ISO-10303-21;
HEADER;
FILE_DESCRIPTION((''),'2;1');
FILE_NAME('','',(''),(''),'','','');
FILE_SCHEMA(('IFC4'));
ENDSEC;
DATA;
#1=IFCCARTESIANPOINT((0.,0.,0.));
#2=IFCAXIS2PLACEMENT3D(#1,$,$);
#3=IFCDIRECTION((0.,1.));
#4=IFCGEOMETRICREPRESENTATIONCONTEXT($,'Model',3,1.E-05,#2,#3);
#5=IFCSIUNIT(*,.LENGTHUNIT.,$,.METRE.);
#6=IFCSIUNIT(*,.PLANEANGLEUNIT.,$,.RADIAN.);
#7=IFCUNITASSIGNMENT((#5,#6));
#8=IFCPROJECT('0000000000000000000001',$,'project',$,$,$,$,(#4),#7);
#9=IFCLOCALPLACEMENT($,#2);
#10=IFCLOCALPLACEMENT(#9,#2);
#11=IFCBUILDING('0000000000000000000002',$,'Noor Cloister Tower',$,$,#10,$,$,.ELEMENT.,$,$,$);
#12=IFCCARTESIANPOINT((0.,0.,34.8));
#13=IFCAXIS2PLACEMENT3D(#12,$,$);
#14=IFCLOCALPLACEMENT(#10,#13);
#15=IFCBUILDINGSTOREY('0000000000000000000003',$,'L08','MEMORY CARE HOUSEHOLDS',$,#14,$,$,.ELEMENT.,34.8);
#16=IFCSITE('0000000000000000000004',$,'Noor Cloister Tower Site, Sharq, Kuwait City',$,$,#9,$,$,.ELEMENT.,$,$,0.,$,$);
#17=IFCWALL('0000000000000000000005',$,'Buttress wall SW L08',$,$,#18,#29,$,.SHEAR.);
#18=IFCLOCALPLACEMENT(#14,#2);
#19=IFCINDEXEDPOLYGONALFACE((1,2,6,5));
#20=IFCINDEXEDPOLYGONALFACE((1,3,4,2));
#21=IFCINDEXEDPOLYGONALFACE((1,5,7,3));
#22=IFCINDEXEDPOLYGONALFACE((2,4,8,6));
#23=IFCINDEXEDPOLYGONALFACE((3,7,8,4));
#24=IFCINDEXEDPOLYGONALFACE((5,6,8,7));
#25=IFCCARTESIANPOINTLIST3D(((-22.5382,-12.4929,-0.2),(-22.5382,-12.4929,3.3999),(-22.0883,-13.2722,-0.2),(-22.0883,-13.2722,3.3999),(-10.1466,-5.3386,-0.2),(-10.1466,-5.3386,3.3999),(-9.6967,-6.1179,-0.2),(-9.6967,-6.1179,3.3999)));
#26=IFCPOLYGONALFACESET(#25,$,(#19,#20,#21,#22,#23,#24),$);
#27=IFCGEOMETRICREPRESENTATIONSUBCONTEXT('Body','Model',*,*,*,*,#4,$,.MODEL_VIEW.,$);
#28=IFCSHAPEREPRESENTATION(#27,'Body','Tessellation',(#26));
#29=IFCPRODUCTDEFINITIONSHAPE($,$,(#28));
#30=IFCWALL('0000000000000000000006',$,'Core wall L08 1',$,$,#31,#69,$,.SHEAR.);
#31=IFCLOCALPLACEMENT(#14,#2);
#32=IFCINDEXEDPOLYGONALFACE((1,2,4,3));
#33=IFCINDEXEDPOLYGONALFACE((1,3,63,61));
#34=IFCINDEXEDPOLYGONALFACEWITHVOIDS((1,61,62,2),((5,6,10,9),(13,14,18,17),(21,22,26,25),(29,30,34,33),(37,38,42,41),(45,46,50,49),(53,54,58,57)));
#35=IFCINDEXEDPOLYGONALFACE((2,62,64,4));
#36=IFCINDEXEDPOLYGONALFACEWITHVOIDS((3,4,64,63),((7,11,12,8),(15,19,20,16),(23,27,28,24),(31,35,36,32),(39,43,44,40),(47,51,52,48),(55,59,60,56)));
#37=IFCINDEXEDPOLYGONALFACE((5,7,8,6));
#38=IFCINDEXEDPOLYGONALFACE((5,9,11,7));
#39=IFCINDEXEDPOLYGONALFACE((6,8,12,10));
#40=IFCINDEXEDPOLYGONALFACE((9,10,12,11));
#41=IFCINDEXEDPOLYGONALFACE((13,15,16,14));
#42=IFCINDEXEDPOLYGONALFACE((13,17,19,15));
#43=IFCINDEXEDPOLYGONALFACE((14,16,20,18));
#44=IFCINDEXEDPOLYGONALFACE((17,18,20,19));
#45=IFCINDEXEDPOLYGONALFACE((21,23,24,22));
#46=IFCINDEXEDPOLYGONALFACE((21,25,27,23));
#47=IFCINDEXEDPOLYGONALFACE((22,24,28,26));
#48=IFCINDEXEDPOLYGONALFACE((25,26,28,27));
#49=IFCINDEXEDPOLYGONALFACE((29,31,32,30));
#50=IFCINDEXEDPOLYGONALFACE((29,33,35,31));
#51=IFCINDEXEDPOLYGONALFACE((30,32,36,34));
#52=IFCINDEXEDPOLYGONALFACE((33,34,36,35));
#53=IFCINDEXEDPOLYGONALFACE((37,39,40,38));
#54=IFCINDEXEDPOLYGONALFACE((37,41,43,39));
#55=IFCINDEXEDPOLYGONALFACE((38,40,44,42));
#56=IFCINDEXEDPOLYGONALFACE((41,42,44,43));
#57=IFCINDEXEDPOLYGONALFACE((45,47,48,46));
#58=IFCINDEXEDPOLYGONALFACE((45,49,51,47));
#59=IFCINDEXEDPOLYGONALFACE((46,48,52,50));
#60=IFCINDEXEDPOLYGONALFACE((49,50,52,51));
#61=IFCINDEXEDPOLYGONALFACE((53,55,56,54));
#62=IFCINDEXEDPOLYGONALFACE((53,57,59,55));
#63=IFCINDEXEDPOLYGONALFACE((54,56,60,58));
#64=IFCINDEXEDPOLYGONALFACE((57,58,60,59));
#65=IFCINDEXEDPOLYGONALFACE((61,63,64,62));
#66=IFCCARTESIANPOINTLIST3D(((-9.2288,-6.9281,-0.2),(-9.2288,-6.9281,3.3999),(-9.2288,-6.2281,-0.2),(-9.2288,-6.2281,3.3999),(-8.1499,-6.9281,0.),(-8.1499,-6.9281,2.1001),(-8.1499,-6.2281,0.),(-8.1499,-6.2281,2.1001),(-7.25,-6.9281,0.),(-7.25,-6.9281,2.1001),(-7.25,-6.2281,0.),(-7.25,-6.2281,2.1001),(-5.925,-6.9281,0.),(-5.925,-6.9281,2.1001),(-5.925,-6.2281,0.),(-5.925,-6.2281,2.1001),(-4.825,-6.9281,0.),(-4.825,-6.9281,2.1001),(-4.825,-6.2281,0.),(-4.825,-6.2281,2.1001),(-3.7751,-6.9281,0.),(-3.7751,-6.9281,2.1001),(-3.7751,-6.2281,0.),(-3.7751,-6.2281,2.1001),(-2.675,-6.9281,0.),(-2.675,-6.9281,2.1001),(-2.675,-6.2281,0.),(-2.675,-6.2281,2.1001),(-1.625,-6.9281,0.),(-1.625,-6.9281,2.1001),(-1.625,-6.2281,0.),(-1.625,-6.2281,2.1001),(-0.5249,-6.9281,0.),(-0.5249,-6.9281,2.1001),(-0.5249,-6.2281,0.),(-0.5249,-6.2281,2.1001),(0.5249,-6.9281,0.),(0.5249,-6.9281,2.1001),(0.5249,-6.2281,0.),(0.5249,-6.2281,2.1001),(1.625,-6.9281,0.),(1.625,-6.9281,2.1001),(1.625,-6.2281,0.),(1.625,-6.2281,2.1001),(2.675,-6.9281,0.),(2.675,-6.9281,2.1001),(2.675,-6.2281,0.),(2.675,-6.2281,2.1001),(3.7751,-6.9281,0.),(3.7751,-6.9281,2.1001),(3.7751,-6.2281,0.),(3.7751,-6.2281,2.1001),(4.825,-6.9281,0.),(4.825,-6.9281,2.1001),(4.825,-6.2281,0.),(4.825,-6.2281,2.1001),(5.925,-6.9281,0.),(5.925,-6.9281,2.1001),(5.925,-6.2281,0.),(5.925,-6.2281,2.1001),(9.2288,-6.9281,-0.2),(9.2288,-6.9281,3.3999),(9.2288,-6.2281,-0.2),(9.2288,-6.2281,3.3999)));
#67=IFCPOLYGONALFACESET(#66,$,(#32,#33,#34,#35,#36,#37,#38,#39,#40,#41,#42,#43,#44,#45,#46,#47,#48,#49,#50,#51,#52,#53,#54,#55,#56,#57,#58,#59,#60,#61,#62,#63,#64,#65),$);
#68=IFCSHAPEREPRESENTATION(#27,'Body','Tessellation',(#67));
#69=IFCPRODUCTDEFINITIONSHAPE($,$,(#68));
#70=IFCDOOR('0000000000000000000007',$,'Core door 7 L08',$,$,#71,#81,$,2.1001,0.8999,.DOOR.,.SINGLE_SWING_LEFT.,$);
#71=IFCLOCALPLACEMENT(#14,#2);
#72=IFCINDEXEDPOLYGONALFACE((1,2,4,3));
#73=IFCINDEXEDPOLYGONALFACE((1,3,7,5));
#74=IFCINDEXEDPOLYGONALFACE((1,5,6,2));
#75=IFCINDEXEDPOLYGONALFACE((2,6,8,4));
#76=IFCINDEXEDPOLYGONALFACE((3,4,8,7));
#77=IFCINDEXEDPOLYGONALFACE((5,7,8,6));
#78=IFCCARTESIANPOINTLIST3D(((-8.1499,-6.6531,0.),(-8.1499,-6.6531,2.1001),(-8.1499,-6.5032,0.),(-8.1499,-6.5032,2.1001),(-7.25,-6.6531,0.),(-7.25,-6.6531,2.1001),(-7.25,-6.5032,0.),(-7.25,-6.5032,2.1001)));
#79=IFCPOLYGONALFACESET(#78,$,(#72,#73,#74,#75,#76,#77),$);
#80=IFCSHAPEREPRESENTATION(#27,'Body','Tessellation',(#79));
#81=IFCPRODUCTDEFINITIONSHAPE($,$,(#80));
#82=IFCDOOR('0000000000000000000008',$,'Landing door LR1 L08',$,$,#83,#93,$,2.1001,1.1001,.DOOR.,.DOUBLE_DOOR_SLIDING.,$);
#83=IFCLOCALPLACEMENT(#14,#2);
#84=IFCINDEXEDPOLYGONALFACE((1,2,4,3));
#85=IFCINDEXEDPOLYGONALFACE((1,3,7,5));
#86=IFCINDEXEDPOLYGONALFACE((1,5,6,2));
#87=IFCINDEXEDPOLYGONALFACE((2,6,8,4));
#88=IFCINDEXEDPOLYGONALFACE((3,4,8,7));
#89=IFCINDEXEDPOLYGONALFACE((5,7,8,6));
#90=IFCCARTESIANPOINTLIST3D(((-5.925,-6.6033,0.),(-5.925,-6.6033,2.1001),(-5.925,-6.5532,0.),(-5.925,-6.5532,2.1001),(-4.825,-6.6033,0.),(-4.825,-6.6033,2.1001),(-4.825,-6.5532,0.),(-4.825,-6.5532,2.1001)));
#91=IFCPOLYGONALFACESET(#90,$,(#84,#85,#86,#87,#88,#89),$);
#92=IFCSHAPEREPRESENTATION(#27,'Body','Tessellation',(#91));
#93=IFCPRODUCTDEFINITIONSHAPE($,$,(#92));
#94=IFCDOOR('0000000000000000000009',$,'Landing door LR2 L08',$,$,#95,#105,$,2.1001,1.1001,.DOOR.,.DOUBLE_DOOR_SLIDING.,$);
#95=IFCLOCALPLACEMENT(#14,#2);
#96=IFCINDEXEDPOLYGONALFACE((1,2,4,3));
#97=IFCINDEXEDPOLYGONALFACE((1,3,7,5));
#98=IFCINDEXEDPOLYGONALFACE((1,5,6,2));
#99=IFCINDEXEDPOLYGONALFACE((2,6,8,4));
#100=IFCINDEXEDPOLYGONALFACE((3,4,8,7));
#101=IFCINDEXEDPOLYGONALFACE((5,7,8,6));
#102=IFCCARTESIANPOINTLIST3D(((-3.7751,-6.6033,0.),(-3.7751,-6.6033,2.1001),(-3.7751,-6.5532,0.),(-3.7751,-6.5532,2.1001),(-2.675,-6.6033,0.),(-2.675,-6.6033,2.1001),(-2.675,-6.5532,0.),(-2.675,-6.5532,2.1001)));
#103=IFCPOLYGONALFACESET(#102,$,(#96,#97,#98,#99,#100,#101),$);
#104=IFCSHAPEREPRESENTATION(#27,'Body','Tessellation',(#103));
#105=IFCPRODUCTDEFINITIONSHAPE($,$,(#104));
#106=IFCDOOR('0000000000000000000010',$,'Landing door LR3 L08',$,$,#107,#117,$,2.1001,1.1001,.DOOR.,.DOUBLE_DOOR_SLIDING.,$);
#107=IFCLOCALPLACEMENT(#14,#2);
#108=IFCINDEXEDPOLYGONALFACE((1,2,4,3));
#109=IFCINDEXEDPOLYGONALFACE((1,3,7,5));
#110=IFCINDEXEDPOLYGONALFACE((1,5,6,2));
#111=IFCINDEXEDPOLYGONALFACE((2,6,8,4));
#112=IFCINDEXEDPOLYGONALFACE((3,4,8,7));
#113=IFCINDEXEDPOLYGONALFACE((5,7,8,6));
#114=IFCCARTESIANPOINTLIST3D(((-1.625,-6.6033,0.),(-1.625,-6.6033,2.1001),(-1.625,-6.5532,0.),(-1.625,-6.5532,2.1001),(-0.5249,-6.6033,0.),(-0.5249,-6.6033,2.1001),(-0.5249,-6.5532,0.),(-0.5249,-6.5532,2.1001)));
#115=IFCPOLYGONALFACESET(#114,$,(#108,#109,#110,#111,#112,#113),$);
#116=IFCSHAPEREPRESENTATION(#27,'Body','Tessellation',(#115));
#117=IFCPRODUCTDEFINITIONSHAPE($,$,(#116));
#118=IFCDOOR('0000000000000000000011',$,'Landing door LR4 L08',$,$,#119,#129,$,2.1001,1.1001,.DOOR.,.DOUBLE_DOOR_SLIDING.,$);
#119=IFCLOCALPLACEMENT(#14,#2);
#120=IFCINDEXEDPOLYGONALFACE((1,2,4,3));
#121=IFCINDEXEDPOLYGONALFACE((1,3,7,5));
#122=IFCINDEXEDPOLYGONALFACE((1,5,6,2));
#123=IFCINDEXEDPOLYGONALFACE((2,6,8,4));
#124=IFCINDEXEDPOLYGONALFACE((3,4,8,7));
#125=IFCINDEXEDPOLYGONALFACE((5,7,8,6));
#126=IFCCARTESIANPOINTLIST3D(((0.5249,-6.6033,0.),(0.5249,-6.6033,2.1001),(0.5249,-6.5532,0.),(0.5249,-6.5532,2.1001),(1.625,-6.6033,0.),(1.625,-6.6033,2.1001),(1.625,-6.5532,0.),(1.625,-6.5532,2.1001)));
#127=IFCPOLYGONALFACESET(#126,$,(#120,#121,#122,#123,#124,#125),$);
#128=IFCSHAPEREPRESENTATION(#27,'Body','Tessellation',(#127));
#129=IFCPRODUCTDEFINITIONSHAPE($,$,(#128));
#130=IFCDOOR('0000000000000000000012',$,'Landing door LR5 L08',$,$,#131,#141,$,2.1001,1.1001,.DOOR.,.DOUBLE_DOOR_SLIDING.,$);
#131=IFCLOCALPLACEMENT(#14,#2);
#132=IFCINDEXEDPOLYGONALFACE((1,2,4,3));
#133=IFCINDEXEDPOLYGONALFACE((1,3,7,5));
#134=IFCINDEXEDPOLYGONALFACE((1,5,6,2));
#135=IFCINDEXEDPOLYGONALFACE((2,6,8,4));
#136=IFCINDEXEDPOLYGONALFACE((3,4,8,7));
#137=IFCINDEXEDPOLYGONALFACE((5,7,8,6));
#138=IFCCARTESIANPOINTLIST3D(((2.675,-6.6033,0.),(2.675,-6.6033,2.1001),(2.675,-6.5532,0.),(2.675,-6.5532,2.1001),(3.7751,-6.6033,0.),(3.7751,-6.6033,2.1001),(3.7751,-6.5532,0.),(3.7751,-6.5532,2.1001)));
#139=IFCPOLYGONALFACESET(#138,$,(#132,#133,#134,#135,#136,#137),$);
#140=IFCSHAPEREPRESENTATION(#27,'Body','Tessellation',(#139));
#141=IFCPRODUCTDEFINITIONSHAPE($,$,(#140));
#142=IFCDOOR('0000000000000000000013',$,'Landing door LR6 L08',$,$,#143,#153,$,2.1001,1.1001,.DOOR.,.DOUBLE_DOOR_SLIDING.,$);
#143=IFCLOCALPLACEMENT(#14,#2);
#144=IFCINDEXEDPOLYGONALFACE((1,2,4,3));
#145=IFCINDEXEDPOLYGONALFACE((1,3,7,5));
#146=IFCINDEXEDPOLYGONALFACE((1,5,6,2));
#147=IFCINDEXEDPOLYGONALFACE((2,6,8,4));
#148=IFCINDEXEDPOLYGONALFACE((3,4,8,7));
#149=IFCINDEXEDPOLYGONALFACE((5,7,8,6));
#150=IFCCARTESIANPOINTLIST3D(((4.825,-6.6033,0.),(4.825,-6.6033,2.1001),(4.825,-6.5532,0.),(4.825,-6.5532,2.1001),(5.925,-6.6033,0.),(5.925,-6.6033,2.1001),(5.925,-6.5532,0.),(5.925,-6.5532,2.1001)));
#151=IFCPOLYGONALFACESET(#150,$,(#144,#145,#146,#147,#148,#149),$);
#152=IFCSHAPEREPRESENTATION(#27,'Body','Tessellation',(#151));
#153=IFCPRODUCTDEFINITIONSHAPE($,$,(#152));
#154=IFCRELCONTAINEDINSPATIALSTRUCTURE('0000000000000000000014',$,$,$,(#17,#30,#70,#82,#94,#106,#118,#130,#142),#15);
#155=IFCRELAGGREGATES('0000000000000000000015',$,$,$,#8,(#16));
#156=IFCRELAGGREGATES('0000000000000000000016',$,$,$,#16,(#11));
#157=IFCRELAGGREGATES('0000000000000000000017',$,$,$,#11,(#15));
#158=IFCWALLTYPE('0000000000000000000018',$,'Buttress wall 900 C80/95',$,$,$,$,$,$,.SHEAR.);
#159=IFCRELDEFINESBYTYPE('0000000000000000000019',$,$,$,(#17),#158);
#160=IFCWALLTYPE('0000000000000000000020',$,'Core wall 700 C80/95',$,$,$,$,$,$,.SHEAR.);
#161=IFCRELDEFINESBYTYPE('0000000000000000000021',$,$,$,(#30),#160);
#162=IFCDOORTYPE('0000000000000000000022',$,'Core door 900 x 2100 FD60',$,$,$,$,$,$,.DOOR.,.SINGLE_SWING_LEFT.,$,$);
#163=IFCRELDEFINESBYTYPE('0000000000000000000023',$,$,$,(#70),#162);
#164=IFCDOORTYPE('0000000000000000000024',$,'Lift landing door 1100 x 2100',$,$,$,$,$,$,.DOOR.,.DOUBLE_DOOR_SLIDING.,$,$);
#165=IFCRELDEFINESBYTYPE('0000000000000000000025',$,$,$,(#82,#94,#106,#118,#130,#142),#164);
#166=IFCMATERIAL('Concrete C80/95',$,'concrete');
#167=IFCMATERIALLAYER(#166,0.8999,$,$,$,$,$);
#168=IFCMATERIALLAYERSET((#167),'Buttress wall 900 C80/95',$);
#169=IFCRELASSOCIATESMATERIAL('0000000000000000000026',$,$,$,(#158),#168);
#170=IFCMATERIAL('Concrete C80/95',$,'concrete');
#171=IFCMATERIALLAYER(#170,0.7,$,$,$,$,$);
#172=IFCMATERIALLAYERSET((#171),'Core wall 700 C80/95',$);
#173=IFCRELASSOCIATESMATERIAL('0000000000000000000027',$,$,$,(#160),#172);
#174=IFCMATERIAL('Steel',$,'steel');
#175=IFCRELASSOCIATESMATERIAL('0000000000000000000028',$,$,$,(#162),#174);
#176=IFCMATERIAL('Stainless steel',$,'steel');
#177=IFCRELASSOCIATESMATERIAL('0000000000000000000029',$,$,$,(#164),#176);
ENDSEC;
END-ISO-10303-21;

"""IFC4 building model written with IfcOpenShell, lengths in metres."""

from ifc_helpers import new_model, si_unit, direction, frame, frame_2d, origin, place, context, subcontext, project, spatial, rectangle, extrude, material, layer, layer_set, type_object, element, fill, save


model = new_model("IFC4")

# Units and contexts
model_context = context("Model", 3, precision=1e-05, world=origin(), true_north=direction((0.0, 1.0)))
body_context = subcontext(model_context, "Body", "Model", "MODEL_VIEW")
ifc_project = project(units=[si_unit("LENGTHUNIT", "METRE"), si_unit("PLANEANGLEUNIT", "RADIAN")], contexts=[model_context])

# Site, building, storey
site_placement = place(None, origin())
site = spatial("IfcSite", under=ifc_project, at=site_placement, Name="Noor Cloister Tower Site, Sharq, Kuwait City", CompositionType="ELEMENT", RefElevation=0.0)
building_placement = place(site_placement, origin())
building = spatial("IfcBuilding", under=site, at=building_placement, Name="Noor Cloister Tower", CompositionType="ELEMENT")
storey_placement = place(building_placement, frame((0.0, 0.0, 34.8)))
storey = spatial("IfcBuildingStorey", under=building, at=storey_placement, Name="L08", Description="MEMORY CARE HOUSEHOLDS", CompositionType="ELEMENT", Elevation=34.8)

# Wall
ifc_material_1 = material(Name="Concrete C80/95", Category="concrete")
ifc_layer_1 = layer(ifc_material_1, 0.8999)
ifc_layer_set_1 = layer_set([ifc_layer_1], Name="Buttress wall 900 C80/95")
wall_type_1 = type_object("IfcWallType", Name="Buttress wall 900 C80/95", PredefinedType="SHEAR", material=ifc_layer_set_1)
wall_1_placement = place(storey_placement, frame((-9.9216, -5.7283, -0.2), z_axis=(0.0, 0.0, 1.0), x_axis=(-0.866025, -0.5, 0.0)))
element("IfcWall", 1, at=wall_1_placement, inside=storey, type_object=wall_type_1, Name="Buttress wall SW L08", PredefinedType="SHEAR", context=body_context, shape_type="SweptSolid", body=[
    extrude(rectangle(XDim=14.3086, YDim=0.8999, at=frame_2d((7.1543, 0.0))), origin(), (0.0, 0.0, 1.0), 3.5999),
])

# Wall, openings, doors
ifc_material_2 = material(Name="Concrete C80/95", Category="concrete")
ifc_layer_2 = layer(ifc_material_2, 0.7)
ifc_layer_set_2 = layer_set([ifc_layer_2], Name="Core wall 700 C80/95")
wall_type_2 = type_object("IfcWallType", Name="Core wall 700 C80/95", PredefinedType="SHEAR", material=ifc_layer_set_2)
wall_2_placement = place(storey_placement, frame((-9.2288, -6.5781, -0.2), z_axis=(0.0, 0.0, 1.0), x_axis=(1.0, 0.0, 0.0)))
wall_2 = element("IfcWall", 2, at=wall_2_placement, inside=storey, type_object=wall_type_2, Name="Core wall L08 1", PredefinedType="SHEAR", context=body_context, shape_type="SweptSolid", body=[
    extrude(rectangle(XDim=18.4575, YDim=0.7, at=frame_2d((9.2288, 0.0))), origin(), (0.0, 0.0, 1.0), 3.5999),
])
opening_1_placement = place(wall_2_placement, frame((3.3037, 0.0, 0.2)))
opening_1 = element("IfcOpeningElement", 3, at=opening_1_placement, cuts=wall_2, PredefinedType="OPENING", context=body_context, shape_type="SweptSolid", body=[
    extrude(rectangle(XDim=1.1001, YDim=2.1001, at=frame_2d((0.55, 1.05))), frame((0.0, 0.3599, 0.0), z_axis=(0.0, -1.0, 0.0), x_axis=(1.0, 0.0, 0.0)), (0.0, 0.0, 1.0), 0.72),
])
opening_2_placement = place(wall_2_placement, frame((5.4536, 0.0, 0.2)))
opening_2 = element("IfcOpeningElement", 4, at=opening_2_placement, cuts=wall_2, PredefinedType="OPENING", context=body_context, shape_type="SweptSolid", body=[
    extrude(rectangle(XDim=1.1001, YDim=2.1001, at=frame_2d((0.55, 1.05))), frame((0.0, 0.3599, 0.0), z_axis=(0.0, -1.0, 0.0), x_axis=(1.0, 0.0, 0.0)), (0.0, 0.0, 1.0), 0.72),
])
opening_3_placement = place(wall_2_placement, frame((7.6038, 0.0, 0.2)))
opening_3 = element("IfcOpeningElement", 5, at=opening_3_placement, cuts=wall_2, PredefinedType="OPENING", context=body_context, shape_type="SweptSolid", body=[
    extrude(rectangle(XDim=1.1001, YDim=2.1001, at=frame_2d((0.55, 1.05))), frame((0.0, 0.3599, 0.0), z_axis=(0.0, -1.0, 0.0), x_axis=(1.0, 0.0, 0.0)), (0.0, 0.0, 1.0), 0.72),
])
opening_4_placement = place(wall_2_placement, frame((9.7537, 0.0, 0.2)))
opening_4 = element("IfcOpeningElement", 6, at=opening_4_placement, cuts=wall_2, PredefinedType="OPENING", context=body_context, shape_type="SweptSolid", body=[
    extrude(rectangle(XDim=1.1001, YDim=2.1001, at=frame_2d((0.55, 1.05))), frame((0.0, 0.3599, 0.0), z_axis=(0.0, -1.0, 0.0), x_axis=(1.0, 0.0, 0.0)), (0.0, 0.0, 1.0), 0.72),
])
opening_5_placement = place(wall_2_placement, frame((11.9038, 0.0, 0.2)))
opening_5 = element("IfcOpeningElement", 7, at=opening_5_placement, cuts=wall_2, PredefinedType="OPENING", context=body_context, shape_type="SweptSolid", body=[
    extrude(rectangle(XDim=1.1001, YDim=2.1001, at=frame_2d((0.55, 1.05))), frame((0.0, 0.3599, 0.0), z_axis=(0.0, -1.0, 0.0), x_axis=(1.0, 0.0, 0.0)), (0.0, 0.0, 1.0), 0.72),
])
opening_6_placement = place(wall_2_placement, frame((14.0537, 0.0, 0.2)))
opening_6 = element("IfcOpeningElement", 8, at=opening_6_placement, cuts=wall_2, PredefinedType="OPENING", context=body_context, shape_type="SweptSolid", body=[
    extrude(rectangle(XDim=1.1001, YDim=2.1001, at=frame_2d((0.55, 1.05))), frame((0.0, 0.3599, 0.0), z_axis=(0.0, -1.0, 0.0), x_axis=(1.0, 0.0, 0.0)), (0.0, 0.0, 1.0), 0.72),
])
opening_7_placement = place(wall_2_placement, frame((1.0789, 0.0, 0.2)))
opening_7 = element("IfcOpeningElement", 9, at=opening_7_placement, cuts=wall_2, PredefinedType="OPENING", context=body_context, shape_type="SweptSolid", body=[
    extrude(rectangle(XDim=0.8999, YDim=2.1001, at=frame_2d((0.45, 1.05))), frame((0.0, 0.3599, 0.0), z_axis=(0.0, -1.0, 0.0), x_axis=(1.0, 0.0, 0.0)), (0.0, 0.0, 1.0), 0.72),
])
ifc_material_3 = material(Name="Steel", Category="steel")
door_type_1 = type_object("IfcDoorType", Name="Core door 900 x 2100 FD60", OperationType="SINGLE_SWING_LEFT", PredefinedType="DOOR", material=ifc_material_3)
door_1_placement = place(opening_7_placement, origin())
door_1 = element("IfcDoor", 10, at=door_1_placement, inside=storey, type_object=door_type_1, Name="Core door 7 L08", OperationType="SINGLE_SWING_LEFT", OverallHeight=2.1001, OverallWidth=0.8999, PredefinedType="DOOR", context=body_context, shape_type="SweptSolid", body=[
    extrude(rectangle(XDim=0.8999, YDim=2.1001, at=frame_2d((0.45, 1.05))), frame((0.0, 0.075, 0.0), z_axis=(0.0, -1.0, 0.0), x_axis=(1.0, 0.0, 0.0)), (0.0, 0.0, 1.0), 0.1499),
])
fill(opening_7, door_1)
ifc_material_4 = material(Name="Stainless steel", Category="steel")
door_type_2 = type_object("IfcDoorType", Name="Lift landing door 1100 x 2100", OperationType="DOUBLE_DOOR_SLIDING", PredefinedType="DOOR", material=ifc_material_4)
door_2_placement = place(opening_1_placement, origin())
door_2 = element("IfcDoor", 11, at=door_2_placement, inside=storey, type_object=door_type_2, Name="Landing door LR1 L08", OperationType="DOUBLE_DOOR_SLIDING", OverallHeight=2.1001, OverallWidth=1.1001, PredefinedType="DOOR", context=body_context, shape_type="SweptSolid", body=[
    extrude(rectangle(XDim=1.1001, YDim=2.1001, at=frame_2d((0.55, 1.05))), frame((0.0, 0.0249, 0.0), z_axis=(0.0, -1.0, 0.0), x_axis=(1.0, 0.0, 0.0)), (0.0, 0.0, 1.0), 0.05),
])
fill(opening_1, door_2)
door_3_placement = place(opening_2_placement, origin())
door_3 = element("IfcDoor", 12, at=door_3_placement, inside=storey, type_object=door_type_2, Name="Landing door LR2 L08", OperationType="DOUBLE_DOOR_SLIDING", OverallHeight=2.1001, OverallWidth=1.1001, PredefinedType="DOOR", context=body_context, shape_type="SweptSolid", body=[
    extrude(rectangle(XDim=1.1001, YDim=2.1001, at=frame_2d((0.55, 1.05))), frame((0.0, 0.0249, 0.0), z_axis=(0.0, -1.0, 0.0), x_axis=(1.0, 0.0, 0.0)), (0.0, 0.0, 1.0), 0.05),
])
fill(opening_2, door_3)
door_4_placement = place(opening_3_placement, origin())
door_4 = element("IfcDoor", 13, at=door_4_placement, inside=storey, type_object=door_type_2, Name="Landing door LR3 L08", OperationType="DOUBLE_DOOR_SLIDING", OverallHeight=2.1001, OverallWidth=1.1001, PredefinedType="DOOR", context=body_context, shape_type="SweptSolid", body=[
    extrude(rectangle(XDim=1.1001, YDim=2.1001, at=frame_2d((0.55, 1.05))), frame((0.0, 0.0249, 0.0), z_axis=(0.0, -1.0, 0.0), x_axis=(1.0, 0.0, 0.0)), (0.0, 0.0, 1.0), 0.05),
])
fill(opening_3, door_4)
door_5_placement = place(opening_4_placement, origin())
door_5 = element("IfcDoor", 14, at=door_5_placement, inside=storey, type_object=door_type_2, Name="Landing door LR4 L08", OperationType="DOUBLE_DOOR_SLIDING", OverallHeight=2.1001, OverallWidth=1.1001, PredefinedType="DOOR", context=body_context, shape_type="SweptSolid", body=[
    extrude(rectangle(XDim=1.1001, YDim=2.1001, at=frame_2d((0.55, 1.05))), frame((0.0, 0.0249, 0.0), z_axis=(0.0, -1.0, 0.0), x_axis=(1.0, 0.0, 0.0)), (0.0, 0.0, 1.0), 0.05),
])
fill(opening_4, door_5)
door_6_placement = place(opening_5_placement, origin())
door_6 = element("IfcDoor", 15, at=door_6_placement, inside=storey, type_object=door_type_2, Name="Landing door LR5 L08", OperationType="DOUBLE_DOOR_SLIDING", OverallHeight=2.1001, OverallWidth=1.1001, PredefinedType="DOOR", context=body_context, shape_type="SweptSolid", body=[
    extrude(rectangle(XDim=1.1001, YDim=2.1001, at=frame_2d((0.55, 1.05))), frame((0.0, 0.0249, 0.0), z_axis=(0.0, -1.0, 0.0), x_axis=(1.0, 0.0, 0.0)), (0.0, 0.0, 1.0), 0.05),
])
fill(opening_5, door_6)
door_7_placement = place(opening_6_placement, origin())
door_7 = element("IfcDoor", 16, at=door_7_placement, inside=storey, type_object=door_type_2, Name="Landing door LR6 L08", OperationType="DOUBLE_DOOR_SLIDING", OverallHeight=2.1001, OverallWidth=1.1001, PredefinedType="DOOR", context=body_context, shape_type="SweptSolid", body=[
    extrude(rectangle(XDim=1.1001, YDim=2.1001, at=frame_2d((0.55, 1.05))), frame((0.0, 0.0249, 0.0), z_axis=(0.0, -1.0, 0.0), x_axis=(1.0, 0.0, 0.0)), (0.0, 0.0, 1.0), 0.05),
])
fill(opening_6, door_7)

save(model, "model.ifc")
